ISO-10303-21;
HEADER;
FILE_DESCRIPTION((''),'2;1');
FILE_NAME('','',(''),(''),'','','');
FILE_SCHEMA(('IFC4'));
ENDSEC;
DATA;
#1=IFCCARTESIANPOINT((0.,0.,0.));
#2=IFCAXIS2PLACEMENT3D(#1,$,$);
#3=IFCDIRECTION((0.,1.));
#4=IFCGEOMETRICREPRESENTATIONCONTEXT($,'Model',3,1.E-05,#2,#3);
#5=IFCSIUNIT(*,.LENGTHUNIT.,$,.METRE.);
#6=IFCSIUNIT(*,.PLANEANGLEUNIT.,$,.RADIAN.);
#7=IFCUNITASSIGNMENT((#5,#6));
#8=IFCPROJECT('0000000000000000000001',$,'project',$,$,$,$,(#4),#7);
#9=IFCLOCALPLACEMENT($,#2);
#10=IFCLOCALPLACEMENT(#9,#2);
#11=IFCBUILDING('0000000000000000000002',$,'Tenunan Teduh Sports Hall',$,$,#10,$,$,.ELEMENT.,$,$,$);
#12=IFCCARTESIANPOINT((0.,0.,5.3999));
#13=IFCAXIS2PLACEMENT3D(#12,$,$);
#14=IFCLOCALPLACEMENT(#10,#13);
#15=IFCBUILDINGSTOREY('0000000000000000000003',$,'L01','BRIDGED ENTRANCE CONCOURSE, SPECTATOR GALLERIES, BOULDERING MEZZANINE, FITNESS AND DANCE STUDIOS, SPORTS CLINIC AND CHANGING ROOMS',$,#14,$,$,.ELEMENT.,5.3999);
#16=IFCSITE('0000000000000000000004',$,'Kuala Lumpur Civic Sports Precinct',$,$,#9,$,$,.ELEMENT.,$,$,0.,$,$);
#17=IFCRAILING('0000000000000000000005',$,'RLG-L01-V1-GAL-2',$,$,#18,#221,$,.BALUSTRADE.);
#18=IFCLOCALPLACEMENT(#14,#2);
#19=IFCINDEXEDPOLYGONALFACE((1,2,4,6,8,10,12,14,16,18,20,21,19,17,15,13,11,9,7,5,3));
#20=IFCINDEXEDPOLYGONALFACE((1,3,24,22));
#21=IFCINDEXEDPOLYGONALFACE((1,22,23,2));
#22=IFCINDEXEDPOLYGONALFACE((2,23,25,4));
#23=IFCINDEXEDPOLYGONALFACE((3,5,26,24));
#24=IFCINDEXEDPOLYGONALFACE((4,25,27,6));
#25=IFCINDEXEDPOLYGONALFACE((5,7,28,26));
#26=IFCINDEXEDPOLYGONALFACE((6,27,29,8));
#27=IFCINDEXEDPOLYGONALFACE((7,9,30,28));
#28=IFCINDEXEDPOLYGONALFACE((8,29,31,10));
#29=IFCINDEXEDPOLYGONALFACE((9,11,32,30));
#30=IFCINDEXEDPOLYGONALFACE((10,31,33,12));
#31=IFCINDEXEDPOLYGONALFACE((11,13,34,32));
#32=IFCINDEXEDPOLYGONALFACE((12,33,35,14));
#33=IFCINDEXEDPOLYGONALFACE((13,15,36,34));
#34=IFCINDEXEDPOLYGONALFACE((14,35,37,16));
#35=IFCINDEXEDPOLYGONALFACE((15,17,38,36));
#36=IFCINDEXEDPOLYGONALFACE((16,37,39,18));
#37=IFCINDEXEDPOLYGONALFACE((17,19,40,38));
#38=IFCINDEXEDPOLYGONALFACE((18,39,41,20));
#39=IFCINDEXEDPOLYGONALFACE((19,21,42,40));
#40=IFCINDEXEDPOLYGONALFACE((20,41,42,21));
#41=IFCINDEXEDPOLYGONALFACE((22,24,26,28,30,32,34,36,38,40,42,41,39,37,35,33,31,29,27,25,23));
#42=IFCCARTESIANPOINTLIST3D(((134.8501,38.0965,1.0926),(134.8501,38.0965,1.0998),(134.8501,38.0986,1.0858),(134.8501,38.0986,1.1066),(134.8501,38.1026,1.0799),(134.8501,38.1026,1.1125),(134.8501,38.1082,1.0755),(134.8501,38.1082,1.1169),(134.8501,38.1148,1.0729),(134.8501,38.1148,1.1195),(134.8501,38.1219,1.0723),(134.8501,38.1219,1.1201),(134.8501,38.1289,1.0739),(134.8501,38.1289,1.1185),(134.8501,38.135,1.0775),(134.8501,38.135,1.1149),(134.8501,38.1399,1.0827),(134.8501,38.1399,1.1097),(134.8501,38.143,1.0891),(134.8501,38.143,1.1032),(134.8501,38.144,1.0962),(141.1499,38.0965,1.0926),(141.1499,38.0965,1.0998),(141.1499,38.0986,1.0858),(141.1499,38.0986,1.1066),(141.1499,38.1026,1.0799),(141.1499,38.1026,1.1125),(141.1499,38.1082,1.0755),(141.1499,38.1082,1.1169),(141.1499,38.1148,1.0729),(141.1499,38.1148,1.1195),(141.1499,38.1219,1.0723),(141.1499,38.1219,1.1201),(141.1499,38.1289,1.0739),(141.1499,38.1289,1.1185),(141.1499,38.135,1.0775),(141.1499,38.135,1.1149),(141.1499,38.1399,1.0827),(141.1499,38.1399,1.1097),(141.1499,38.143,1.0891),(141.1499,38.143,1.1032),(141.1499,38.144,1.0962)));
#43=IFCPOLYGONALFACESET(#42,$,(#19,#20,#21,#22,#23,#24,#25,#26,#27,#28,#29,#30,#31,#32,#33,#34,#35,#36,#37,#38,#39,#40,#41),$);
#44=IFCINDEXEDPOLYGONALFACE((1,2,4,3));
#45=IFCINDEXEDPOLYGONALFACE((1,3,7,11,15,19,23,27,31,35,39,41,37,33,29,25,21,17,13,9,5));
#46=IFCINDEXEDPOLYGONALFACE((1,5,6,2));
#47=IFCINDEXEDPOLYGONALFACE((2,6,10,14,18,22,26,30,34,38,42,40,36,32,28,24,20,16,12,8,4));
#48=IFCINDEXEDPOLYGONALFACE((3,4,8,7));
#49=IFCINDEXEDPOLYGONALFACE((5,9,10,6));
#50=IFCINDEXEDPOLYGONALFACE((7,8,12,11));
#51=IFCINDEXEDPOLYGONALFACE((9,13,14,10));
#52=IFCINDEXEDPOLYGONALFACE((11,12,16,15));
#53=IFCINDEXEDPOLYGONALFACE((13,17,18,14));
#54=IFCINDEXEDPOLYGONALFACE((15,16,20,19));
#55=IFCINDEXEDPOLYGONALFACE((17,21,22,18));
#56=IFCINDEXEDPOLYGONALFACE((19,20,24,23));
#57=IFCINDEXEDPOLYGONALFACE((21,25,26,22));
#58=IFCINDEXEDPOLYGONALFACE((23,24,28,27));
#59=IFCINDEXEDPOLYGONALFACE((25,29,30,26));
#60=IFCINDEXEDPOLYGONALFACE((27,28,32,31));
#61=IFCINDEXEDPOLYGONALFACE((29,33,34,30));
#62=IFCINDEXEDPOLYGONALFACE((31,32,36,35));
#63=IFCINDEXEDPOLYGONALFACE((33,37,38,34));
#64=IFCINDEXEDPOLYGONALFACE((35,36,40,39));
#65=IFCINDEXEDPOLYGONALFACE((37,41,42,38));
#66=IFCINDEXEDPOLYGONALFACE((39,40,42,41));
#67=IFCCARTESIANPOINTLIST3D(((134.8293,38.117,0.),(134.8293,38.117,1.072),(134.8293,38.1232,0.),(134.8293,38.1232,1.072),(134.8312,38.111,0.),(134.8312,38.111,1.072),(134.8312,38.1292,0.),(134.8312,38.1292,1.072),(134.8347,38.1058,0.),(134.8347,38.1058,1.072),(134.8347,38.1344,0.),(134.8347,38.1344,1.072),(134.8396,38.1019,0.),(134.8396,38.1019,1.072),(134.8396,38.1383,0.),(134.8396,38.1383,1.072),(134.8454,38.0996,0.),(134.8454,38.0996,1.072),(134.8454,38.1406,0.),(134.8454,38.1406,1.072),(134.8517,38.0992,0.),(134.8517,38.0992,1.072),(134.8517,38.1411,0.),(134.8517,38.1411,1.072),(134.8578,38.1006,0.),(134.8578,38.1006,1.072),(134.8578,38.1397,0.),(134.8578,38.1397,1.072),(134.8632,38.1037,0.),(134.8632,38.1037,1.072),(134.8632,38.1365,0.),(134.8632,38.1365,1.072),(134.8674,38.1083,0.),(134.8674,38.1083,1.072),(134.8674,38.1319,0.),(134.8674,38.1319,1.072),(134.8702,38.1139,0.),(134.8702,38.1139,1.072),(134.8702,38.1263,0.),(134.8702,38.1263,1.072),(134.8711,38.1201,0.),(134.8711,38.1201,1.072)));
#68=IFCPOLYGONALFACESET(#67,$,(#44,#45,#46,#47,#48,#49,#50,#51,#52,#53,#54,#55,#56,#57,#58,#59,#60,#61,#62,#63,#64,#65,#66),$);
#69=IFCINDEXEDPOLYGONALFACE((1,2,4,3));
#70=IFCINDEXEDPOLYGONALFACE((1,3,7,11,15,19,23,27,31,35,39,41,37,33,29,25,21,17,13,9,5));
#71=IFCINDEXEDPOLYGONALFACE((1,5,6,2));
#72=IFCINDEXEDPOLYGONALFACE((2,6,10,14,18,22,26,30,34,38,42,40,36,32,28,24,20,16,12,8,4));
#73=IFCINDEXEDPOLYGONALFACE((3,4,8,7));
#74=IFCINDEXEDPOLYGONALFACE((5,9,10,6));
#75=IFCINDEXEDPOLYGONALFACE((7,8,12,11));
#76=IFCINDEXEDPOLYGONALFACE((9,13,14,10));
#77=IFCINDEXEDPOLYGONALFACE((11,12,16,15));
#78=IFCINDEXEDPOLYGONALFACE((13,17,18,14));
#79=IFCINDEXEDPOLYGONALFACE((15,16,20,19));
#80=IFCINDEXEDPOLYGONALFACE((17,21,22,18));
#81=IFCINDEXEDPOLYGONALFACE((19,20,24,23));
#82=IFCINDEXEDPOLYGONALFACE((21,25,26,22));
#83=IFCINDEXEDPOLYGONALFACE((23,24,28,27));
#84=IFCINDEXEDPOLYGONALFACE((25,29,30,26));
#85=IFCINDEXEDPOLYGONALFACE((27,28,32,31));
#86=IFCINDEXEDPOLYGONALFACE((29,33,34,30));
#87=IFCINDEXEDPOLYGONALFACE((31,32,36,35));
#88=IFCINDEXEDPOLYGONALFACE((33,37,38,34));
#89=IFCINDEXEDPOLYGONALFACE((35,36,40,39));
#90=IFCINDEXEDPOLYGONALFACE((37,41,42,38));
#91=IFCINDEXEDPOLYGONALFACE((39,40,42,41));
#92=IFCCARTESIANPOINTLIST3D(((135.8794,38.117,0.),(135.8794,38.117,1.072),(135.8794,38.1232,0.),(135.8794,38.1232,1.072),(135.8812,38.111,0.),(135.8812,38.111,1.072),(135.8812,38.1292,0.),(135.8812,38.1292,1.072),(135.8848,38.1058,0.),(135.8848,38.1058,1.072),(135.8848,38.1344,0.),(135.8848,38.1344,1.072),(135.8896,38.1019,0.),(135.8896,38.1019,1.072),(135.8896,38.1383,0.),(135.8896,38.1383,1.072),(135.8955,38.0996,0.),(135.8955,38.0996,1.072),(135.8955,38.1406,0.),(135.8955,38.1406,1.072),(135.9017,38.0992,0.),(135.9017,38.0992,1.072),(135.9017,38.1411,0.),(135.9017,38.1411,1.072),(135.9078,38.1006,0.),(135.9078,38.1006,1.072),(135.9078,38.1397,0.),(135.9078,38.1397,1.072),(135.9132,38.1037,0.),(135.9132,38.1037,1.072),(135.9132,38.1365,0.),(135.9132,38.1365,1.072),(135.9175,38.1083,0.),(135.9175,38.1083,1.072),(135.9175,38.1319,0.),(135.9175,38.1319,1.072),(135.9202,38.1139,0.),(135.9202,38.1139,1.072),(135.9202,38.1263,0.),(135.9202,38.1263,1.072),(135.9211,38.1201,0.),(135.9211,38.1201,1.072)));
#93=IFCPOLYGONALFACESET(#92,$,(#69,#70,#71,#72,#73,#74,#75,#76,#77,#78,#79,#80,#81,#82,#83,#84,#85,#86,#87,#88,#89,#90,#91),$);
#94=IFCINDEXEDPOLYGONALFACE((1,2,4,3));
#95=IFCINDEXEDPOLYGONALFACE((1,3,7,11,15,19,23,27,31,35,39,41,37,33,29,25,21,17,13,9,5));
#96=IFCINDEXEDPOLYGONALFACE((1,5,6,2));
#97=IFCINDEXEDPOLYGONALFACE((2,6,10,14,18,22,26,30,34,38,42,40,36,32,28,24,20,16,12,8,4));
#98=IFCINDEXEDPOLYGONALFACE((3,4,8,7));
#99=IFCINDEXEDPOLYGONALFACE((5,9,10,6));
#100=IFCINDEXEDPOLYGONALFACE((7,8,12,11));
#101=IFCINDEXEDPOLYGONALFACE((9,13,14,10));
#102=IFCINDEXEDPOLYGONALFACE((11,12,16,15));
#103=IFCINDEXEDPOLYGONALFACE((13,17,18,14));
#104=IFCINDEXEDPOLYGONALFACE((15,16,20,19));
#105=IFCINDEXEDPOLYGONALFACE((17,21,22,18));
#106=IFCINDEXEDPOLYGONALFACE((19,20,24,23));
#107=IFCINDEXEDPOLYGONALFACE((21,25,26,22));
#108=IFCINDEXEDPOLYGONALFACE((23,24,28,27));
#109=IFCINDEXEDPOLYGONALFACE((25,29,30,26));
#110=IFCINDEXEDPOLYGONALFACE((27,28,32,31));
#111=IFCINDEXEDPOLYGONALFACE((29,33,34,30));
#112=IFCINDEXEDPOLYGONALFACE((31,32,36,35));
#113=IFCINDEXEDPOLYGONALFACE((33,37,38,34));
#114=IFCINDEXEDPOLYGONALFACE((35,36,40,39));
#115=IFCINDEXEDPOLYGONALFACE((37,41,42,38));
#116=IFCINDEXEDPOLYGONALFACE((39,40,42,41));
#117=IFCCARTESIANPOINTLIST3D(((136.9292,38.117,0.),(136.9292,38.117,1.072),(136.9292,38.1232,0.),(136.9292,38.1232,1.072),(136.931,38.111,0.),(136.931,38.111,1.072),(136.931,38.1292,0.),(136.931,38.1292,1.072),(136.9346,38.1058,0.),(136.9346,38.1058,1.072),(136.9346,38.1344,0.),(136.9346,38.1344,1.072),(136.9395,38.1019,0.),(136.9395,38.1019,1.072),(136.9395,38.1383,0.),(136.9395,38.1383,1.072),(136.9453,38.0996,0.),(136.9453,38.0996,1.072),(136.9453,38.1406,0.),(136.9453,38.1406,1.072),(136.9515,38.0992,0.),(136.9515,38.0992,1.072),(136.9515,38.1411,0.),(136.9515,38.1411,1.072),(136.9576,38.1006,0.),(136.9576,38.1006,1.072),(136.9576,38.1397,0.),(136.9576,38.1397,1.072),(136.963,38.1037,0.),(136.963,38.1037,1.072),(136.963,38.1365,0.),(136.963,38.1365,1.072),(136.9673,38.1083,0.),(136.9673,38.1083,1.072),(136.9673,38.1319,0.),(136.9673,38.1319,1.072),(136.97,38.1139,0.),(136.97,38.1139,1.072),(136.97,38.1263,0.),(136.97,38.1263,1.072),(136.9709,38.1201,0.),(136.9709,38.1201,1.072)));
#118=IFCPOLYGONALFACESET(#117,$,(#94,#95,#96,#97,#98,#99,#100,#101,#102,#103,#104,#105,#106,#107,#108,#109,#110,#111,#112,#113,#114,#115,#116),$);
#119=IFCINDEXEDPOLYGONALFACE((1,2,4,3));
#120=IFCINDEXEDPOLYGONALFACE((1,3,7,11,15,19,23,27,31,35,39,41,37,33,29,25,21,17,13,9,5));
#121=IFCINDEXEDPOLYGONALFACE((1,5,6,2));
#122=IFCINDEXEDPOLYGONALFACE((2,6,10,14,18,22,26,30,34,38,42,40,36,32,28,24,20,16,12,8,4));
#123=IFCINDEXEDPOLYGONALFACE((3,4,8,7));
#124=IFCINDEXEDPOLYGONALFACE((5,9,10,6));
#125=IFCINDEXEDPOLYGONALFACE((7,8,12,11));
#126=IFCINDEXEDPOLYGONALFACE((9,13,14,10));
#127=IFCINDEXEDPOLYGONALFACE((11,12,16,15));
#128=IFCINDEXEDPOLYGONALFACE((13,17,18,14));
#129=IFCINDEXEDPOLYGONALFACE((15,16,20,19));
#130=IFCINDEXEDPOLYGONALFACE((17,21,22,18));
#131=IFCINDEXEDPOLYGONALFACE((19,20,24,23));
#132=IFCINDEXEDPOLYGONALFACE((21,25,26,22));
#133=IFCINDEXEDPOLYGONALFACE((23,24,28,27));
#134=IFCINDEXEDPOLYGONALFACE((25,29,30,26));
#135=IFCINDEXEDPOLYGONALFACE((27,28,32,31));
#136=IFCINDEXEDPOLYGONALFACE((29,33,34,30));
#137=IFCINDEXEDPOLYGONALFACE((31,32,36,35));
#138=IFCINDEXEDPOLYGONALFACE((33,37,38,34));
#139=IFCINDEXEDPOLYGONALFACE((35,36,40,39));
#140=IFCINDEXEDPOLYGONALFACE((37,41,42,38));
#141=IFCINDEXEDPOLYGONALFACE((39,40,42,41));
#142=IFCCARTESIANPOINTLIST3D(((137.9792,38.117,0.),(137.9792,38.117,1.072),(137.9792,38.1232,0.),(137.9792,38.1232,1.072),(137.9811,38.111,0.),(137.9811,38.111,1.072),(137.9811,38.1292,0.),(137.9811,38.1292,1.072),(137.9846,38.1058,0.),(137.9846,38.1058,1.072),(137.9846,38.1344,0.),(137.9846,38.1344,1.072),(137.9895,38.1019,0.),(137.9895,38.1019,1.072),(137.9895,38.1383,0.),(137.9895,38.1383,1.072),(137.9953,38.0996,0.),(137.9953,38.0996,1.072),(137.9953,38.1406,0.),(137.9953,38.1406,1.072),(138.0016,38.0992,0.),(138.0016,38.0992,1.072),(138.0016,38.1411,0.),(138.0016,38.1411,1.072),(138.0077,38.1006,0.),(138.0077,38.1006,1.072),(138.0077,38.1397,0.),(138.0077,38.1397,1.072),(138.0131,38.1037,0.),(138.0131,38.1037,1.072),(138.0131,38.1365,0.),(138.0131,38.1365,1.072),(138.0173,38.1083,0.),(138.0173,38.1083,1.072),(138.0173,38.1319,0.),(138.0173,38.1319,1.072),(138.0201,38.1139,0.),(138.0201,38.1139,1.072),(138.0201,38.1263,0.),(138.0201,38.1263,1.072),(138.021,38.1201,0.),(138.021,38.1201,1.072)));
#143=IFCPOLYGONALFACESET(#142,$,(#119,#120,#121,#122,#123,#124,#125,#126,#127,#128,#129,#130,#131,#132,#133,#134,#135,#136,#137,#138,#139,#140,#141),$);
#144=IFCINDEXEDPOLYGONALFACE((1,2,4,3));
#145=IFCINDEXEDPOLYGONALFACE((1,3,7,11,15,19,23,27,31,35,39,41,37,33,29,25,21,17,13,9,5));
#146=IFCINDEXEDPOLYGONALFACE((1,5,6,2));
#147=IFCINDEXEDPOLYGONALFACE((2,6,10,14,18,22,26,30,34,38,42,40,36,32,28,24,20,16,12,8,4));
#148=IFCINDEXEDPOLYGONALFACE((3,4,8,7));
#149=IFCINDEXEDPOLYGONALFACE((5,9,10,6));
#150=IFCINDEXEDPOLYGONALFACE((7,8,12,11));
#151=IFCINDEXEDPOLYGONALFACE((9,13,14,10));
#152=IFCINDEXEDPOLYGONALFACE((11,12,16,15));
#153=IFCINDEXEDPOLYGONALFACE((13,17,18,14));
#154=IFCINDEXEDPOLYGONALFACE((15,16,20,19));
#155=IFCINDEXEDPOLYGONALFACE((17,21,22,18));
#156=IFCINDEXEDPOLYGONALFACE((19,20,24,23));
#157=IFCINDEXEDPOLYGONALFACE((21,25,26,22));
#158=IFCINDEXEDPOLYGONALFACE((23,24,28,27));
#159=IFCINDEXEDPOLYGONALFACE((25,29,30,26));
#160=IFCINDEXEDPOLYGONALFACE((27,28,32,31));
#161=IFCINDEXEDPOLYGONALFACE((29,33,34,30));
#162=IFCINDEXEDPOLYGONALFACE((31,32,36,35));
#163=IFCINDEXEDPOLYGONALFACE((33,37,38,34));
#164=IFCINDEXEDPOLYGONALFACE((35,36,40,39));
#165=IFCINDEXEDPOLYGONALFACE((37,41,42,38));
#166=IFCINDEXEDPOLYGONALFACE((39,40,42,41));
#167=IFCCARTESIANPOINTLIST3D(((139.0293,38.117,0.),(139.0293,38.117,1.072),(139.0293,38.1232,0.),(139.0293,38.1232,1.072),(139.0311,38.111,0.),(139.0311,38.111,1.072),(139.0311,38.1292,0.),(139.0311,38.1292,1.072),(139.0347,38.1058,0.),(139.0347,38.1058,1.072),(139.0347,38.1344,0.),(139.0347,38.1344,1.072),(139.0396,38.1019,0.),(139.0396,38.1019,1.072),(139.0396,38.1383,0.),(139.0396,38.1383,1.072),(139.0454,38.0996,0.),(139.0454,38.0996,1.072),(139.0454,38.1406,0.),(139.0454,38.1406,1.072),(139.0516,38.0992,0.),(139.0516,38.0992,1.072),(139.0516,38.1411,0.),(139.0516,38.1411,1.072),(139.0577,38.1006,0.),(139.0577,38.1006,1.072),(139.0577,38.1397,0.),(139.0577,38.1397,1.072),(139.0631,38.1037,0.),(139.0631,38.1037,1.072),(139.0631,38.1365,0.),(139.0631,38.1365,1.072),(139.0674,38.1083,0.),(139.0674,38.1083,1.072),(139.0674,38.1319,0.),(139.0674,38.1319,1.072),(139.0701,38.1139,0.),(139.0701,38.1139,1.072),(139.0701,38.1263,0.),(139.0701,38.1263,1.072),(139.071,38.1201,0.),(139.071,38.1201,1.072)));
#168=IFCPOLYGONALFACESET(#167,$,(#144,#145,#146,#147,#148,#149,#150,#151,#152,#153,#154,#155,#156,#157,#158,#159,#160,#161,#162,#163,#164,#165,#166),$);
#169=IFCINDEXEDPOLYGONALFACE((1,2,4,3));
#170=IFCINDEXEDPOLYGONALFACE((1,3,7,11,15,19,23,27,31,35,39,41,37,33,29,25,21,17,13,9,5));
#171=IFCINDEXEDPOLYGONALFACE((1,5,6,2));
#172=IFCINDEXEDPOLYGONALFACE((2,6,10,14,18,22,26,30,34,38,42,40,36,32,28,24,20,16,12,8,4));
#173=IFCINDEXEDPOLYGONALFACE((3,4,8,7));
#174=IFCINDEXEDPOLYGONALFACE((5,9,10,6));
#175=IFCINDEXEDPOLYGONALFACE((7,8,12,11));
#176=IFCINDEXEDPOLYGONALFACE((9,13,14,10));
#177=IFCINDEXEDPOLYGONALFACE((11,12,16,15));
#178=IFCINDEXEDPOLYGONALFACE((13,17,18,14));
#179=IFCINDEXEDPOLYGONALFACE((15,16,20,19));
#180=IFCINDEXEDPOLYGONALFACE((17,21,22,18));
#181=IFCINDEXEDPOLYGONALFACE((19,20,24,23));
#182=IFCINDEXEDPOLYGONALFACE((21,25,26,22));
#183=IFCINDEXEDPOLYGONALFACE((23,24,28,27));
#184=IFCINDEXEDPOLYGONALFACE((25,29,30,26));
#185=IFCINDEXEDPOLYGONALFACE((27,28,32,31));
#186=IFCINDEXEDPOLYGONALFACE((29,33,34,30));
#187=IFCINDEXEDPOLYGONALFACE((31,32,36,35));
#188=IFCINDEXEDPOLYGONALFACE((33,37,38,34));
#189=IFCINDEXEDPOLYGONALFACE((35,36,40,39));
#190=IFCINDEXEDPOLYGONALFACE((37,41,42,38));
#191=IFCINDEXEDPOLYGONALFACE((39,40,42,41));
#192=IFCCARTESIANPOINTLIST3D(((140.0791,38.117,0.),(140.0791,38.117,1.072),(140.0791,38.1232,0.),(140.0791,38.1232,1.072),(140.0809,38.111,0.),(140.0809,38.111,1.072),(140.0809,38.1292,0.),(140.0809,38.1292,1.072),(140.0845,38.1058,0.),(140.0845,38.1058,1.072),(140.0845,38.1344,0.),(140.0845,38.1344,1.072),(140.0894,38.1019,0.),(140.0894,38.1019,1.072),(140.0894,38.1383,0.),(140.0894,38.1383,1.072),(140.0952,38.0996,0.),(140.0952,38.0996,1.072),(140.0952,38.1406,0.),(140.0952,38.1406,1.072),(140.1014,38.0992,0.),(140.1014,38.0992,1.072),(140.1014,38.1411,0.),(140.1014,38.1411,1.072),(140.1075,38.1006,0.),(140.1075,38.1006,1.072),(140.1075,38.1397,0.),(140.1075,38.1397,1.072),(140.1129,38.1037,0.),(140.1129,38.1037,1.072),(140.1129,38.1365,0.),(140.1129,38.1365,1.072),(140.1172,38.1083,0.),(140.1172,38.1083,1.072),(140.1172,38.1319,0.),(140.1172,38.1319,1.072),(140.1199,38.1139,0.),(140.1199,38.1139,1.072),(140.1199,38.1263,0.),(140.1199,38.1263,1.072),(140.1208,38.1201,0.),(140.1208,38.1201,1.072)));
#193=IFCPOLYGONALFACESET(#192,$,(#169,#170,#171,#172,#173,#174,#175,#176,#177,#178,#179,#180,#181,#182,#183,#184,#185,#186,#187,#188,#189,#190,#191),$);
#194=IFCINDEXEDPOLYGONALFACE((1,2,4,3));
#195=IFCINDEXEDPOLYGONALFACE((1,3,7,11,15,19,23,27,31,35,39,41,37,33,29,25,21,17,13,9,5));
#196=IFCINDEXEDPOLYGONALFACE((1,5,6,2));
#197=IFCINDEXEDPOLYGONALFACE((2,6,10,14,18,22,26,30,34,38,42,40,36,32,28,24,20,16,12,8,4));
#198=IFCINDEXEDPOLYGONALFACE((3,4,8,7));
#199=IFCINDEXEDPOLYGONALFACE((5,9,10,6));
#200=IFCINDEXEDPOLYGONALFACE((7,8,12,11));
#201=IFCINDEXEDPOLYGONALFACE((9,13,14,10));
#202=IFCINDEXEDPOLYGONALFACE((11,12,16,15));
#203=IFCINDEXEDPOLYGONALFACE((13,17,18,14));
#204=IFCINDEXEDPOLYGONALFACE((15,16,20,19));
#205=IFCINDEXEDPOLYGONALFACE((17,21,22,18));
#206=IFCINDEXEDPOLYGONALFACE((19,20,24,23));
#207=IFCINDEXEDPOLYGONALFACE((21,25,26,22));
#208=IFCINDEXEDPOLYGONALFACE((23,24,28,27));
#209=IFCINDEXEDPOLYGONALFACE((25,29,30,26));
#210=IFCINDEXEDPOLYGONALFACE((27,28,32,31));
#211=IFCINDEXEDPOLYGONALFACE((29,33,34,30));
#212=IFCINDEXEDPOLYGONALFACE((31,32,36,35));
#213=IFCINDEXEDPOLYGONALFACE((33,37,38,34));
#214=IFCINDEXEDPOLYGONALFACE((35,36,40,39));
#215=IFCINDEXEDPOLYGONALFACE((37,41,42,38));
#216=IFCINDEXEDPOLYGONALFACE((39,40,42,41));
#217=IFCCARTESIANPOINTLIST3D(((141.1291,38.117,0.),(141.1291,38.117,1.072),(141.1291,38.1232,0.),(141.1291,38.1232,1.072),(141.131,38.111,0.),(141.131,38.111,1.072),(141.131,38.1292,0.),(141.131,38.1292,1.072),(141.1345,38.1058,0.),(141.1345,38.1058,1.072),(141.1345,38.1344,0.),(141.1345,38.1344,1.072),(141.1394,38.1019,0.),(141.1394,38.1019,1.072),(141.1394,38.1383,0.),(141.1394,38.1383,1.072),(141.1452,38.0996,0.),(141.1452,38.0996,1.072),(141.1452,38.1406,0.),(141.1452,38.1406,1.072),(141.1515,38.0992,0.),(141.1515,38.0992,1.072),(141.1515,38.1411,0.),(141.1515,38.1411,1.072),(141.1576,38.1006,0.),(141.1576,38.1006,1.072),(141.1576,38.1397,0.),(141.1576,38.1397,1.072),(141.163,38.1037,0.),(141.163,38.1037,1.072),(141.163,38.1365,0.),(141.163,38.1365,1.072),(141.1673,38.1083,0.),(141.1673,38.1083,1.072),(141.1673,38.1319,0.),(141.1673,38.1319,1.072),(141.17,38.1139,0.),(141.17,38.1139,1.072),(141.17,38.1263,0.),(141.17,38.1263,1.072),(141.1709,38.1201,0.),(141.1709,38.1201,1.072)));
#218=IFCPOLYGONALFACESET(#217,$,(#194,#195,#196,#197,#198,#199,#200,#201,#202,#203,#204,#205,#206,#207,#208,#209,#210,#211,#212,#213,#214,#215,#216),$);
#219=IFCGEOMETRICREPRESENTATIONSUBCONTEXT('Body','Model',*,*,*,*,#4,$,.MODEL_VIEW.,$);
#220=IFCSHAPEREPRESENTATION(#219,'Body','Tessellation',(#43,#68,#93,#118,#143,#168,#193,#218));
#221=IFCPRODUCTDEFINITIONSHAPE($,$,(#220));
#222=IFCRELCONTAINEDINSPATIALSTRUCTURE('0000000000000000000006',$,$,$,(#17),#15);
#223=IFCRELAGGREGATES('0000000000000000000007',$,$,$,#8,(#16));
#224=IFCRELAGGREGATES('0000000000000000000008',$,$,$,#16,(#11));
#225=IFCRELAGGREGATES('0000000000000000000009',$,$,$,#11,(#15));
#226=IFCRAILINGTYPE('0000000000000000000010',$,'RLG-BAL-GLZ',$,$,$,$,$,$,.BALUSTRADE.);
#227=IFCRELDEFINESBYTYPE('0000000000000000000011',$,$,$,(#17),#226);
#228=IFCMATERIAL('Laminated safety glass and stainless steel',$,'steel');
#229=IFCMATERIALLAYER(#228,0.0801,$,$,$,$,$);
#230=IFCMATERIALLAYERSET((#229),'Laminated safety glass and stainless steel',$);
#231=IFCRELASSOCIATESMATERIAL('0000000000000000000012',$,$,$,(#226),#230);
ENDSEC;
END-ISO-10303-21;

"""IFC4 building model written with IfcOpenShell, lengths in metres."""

from ifc_helpers import new_model, si_unit, direction, frame, origin, origin_2d, place, context, subcontext, project, spatial, circle, extrude, material, layer, layer_set, type_object, element, save


model = new_model("IFC4")

# Units and contexts
model_context = context("Model", 3, precision=1e-05, world=origin(), true_north=direction((0.0, 1.0)))
body_context = subcontext(model_context, "Body", "Model", "MODEL_VIEW")
ifc_project = project(units=[si_unit("LENGTHUNIT", "METRE"), si_unit("PLANEANGLEUNIT", "RADIAN")], contexts=[model_context])

# Site, building, storey
site_placement = place(None, origin())
site = spatial("IfcSite", under=ifc_project, at=site_placement, Name="Kuala Lumpur Civic Sports Precinct", CompositionType="ELEMENT", RefElevation=0.0)
building_placement = place(site_placement, origin())
building = spatial("IfcBuilding", under=site, at=building_placement, Name="Tenunan Teduh Sports Hall", CompositionType="ELEMENT")
storey_placement = place(building_placement, frame((0.0, 0.0, 5.3999)))
storey = spatial("IfcBuildingStorey", under=building, at=storey_placement, Name="L01", Description="BRIDGED ENTRANCE CONCOURSE, SPECTATOR GALLERIES, BOULDERING MEZZANINE, FITNESS AND DANCE STUDIOS, SPORTS CLINIC AND CHANGING ROOMS", CompositionType="ELEMENT", Elevation=5.3999)

# Railing
ifc_material_1 = material(Name="Laminated safety glass and stainless steel", Category="steel")
ifc_layer = layer(ifc_material_1, 0.0801)
ifc_layer_set = layer_set([ifc_layer], Name="Laminated safety glass and stainless steel")
railing_type = type_object("IfcRailingType", Name="RLG-BAL-GLZ", PredefinedType="BALUSTRADE", material=ifc_layer_set)
railing_placement = place(storey_placement, frame((134.8501, 38.1201, 0.0)))
element("IfcRailing", 1, at=railing_placement, inside=storey, type_object=railing_type, Name="RLG-L01-V1-GAL-2", PredefinedType="BALUSTRADE", context=body_context, shape_type="SweptSolid", body=[
    extrude(circle(Radius=0.0239, at=origin_2d()), frame((0.0, 0.0, 1.0962), z_axis=(1.0, 0.0, 0.0), x_axis=(0.0, 1.0, 0.0)), (0.0, 0.0, 1.0), 6.2998),
    extrude(circle(Radius=0.021, at=origin_2d()), origin(), (0.0, 0.0, 1.0), 1.072),
    extrude(circle(Radius=0.021, at=origin_2d()), frame((1.05, 0.0, 0.0)), (0.0, 0.0, 1.0), 1.072),
    extrude(circle(Radius=0.021, at=origin_2d()), frame((2.0999, 0.0, 0.0)), (0.0, 0.0, 1.0), 1.072),
    extrude(circle(Radius=0.021, at=origin_2d()), frame((3.1499, 0.0, 0.0)), (0.0, 0.0, 1.0), 1.072),
    extrude(circle(Radius=0.021, at=origin_2d()), frame((4.2, 0.0, 0.0)), (0.0, 0.0, 1.0), 1.072),
    extrude(circle(Radius=0.021, at=origin_2d()), frame((5.2498, 0.0, 0.0)), (0.0, 0.0, 1.0), 1.072),
    extrude(circle(Radius=0.021, at=origin_2d()), frame((6.2998, 0.0, 0.0)), (0.0, 0.0, 1.0), 1.072),
])

save(model, "model.ifc")
